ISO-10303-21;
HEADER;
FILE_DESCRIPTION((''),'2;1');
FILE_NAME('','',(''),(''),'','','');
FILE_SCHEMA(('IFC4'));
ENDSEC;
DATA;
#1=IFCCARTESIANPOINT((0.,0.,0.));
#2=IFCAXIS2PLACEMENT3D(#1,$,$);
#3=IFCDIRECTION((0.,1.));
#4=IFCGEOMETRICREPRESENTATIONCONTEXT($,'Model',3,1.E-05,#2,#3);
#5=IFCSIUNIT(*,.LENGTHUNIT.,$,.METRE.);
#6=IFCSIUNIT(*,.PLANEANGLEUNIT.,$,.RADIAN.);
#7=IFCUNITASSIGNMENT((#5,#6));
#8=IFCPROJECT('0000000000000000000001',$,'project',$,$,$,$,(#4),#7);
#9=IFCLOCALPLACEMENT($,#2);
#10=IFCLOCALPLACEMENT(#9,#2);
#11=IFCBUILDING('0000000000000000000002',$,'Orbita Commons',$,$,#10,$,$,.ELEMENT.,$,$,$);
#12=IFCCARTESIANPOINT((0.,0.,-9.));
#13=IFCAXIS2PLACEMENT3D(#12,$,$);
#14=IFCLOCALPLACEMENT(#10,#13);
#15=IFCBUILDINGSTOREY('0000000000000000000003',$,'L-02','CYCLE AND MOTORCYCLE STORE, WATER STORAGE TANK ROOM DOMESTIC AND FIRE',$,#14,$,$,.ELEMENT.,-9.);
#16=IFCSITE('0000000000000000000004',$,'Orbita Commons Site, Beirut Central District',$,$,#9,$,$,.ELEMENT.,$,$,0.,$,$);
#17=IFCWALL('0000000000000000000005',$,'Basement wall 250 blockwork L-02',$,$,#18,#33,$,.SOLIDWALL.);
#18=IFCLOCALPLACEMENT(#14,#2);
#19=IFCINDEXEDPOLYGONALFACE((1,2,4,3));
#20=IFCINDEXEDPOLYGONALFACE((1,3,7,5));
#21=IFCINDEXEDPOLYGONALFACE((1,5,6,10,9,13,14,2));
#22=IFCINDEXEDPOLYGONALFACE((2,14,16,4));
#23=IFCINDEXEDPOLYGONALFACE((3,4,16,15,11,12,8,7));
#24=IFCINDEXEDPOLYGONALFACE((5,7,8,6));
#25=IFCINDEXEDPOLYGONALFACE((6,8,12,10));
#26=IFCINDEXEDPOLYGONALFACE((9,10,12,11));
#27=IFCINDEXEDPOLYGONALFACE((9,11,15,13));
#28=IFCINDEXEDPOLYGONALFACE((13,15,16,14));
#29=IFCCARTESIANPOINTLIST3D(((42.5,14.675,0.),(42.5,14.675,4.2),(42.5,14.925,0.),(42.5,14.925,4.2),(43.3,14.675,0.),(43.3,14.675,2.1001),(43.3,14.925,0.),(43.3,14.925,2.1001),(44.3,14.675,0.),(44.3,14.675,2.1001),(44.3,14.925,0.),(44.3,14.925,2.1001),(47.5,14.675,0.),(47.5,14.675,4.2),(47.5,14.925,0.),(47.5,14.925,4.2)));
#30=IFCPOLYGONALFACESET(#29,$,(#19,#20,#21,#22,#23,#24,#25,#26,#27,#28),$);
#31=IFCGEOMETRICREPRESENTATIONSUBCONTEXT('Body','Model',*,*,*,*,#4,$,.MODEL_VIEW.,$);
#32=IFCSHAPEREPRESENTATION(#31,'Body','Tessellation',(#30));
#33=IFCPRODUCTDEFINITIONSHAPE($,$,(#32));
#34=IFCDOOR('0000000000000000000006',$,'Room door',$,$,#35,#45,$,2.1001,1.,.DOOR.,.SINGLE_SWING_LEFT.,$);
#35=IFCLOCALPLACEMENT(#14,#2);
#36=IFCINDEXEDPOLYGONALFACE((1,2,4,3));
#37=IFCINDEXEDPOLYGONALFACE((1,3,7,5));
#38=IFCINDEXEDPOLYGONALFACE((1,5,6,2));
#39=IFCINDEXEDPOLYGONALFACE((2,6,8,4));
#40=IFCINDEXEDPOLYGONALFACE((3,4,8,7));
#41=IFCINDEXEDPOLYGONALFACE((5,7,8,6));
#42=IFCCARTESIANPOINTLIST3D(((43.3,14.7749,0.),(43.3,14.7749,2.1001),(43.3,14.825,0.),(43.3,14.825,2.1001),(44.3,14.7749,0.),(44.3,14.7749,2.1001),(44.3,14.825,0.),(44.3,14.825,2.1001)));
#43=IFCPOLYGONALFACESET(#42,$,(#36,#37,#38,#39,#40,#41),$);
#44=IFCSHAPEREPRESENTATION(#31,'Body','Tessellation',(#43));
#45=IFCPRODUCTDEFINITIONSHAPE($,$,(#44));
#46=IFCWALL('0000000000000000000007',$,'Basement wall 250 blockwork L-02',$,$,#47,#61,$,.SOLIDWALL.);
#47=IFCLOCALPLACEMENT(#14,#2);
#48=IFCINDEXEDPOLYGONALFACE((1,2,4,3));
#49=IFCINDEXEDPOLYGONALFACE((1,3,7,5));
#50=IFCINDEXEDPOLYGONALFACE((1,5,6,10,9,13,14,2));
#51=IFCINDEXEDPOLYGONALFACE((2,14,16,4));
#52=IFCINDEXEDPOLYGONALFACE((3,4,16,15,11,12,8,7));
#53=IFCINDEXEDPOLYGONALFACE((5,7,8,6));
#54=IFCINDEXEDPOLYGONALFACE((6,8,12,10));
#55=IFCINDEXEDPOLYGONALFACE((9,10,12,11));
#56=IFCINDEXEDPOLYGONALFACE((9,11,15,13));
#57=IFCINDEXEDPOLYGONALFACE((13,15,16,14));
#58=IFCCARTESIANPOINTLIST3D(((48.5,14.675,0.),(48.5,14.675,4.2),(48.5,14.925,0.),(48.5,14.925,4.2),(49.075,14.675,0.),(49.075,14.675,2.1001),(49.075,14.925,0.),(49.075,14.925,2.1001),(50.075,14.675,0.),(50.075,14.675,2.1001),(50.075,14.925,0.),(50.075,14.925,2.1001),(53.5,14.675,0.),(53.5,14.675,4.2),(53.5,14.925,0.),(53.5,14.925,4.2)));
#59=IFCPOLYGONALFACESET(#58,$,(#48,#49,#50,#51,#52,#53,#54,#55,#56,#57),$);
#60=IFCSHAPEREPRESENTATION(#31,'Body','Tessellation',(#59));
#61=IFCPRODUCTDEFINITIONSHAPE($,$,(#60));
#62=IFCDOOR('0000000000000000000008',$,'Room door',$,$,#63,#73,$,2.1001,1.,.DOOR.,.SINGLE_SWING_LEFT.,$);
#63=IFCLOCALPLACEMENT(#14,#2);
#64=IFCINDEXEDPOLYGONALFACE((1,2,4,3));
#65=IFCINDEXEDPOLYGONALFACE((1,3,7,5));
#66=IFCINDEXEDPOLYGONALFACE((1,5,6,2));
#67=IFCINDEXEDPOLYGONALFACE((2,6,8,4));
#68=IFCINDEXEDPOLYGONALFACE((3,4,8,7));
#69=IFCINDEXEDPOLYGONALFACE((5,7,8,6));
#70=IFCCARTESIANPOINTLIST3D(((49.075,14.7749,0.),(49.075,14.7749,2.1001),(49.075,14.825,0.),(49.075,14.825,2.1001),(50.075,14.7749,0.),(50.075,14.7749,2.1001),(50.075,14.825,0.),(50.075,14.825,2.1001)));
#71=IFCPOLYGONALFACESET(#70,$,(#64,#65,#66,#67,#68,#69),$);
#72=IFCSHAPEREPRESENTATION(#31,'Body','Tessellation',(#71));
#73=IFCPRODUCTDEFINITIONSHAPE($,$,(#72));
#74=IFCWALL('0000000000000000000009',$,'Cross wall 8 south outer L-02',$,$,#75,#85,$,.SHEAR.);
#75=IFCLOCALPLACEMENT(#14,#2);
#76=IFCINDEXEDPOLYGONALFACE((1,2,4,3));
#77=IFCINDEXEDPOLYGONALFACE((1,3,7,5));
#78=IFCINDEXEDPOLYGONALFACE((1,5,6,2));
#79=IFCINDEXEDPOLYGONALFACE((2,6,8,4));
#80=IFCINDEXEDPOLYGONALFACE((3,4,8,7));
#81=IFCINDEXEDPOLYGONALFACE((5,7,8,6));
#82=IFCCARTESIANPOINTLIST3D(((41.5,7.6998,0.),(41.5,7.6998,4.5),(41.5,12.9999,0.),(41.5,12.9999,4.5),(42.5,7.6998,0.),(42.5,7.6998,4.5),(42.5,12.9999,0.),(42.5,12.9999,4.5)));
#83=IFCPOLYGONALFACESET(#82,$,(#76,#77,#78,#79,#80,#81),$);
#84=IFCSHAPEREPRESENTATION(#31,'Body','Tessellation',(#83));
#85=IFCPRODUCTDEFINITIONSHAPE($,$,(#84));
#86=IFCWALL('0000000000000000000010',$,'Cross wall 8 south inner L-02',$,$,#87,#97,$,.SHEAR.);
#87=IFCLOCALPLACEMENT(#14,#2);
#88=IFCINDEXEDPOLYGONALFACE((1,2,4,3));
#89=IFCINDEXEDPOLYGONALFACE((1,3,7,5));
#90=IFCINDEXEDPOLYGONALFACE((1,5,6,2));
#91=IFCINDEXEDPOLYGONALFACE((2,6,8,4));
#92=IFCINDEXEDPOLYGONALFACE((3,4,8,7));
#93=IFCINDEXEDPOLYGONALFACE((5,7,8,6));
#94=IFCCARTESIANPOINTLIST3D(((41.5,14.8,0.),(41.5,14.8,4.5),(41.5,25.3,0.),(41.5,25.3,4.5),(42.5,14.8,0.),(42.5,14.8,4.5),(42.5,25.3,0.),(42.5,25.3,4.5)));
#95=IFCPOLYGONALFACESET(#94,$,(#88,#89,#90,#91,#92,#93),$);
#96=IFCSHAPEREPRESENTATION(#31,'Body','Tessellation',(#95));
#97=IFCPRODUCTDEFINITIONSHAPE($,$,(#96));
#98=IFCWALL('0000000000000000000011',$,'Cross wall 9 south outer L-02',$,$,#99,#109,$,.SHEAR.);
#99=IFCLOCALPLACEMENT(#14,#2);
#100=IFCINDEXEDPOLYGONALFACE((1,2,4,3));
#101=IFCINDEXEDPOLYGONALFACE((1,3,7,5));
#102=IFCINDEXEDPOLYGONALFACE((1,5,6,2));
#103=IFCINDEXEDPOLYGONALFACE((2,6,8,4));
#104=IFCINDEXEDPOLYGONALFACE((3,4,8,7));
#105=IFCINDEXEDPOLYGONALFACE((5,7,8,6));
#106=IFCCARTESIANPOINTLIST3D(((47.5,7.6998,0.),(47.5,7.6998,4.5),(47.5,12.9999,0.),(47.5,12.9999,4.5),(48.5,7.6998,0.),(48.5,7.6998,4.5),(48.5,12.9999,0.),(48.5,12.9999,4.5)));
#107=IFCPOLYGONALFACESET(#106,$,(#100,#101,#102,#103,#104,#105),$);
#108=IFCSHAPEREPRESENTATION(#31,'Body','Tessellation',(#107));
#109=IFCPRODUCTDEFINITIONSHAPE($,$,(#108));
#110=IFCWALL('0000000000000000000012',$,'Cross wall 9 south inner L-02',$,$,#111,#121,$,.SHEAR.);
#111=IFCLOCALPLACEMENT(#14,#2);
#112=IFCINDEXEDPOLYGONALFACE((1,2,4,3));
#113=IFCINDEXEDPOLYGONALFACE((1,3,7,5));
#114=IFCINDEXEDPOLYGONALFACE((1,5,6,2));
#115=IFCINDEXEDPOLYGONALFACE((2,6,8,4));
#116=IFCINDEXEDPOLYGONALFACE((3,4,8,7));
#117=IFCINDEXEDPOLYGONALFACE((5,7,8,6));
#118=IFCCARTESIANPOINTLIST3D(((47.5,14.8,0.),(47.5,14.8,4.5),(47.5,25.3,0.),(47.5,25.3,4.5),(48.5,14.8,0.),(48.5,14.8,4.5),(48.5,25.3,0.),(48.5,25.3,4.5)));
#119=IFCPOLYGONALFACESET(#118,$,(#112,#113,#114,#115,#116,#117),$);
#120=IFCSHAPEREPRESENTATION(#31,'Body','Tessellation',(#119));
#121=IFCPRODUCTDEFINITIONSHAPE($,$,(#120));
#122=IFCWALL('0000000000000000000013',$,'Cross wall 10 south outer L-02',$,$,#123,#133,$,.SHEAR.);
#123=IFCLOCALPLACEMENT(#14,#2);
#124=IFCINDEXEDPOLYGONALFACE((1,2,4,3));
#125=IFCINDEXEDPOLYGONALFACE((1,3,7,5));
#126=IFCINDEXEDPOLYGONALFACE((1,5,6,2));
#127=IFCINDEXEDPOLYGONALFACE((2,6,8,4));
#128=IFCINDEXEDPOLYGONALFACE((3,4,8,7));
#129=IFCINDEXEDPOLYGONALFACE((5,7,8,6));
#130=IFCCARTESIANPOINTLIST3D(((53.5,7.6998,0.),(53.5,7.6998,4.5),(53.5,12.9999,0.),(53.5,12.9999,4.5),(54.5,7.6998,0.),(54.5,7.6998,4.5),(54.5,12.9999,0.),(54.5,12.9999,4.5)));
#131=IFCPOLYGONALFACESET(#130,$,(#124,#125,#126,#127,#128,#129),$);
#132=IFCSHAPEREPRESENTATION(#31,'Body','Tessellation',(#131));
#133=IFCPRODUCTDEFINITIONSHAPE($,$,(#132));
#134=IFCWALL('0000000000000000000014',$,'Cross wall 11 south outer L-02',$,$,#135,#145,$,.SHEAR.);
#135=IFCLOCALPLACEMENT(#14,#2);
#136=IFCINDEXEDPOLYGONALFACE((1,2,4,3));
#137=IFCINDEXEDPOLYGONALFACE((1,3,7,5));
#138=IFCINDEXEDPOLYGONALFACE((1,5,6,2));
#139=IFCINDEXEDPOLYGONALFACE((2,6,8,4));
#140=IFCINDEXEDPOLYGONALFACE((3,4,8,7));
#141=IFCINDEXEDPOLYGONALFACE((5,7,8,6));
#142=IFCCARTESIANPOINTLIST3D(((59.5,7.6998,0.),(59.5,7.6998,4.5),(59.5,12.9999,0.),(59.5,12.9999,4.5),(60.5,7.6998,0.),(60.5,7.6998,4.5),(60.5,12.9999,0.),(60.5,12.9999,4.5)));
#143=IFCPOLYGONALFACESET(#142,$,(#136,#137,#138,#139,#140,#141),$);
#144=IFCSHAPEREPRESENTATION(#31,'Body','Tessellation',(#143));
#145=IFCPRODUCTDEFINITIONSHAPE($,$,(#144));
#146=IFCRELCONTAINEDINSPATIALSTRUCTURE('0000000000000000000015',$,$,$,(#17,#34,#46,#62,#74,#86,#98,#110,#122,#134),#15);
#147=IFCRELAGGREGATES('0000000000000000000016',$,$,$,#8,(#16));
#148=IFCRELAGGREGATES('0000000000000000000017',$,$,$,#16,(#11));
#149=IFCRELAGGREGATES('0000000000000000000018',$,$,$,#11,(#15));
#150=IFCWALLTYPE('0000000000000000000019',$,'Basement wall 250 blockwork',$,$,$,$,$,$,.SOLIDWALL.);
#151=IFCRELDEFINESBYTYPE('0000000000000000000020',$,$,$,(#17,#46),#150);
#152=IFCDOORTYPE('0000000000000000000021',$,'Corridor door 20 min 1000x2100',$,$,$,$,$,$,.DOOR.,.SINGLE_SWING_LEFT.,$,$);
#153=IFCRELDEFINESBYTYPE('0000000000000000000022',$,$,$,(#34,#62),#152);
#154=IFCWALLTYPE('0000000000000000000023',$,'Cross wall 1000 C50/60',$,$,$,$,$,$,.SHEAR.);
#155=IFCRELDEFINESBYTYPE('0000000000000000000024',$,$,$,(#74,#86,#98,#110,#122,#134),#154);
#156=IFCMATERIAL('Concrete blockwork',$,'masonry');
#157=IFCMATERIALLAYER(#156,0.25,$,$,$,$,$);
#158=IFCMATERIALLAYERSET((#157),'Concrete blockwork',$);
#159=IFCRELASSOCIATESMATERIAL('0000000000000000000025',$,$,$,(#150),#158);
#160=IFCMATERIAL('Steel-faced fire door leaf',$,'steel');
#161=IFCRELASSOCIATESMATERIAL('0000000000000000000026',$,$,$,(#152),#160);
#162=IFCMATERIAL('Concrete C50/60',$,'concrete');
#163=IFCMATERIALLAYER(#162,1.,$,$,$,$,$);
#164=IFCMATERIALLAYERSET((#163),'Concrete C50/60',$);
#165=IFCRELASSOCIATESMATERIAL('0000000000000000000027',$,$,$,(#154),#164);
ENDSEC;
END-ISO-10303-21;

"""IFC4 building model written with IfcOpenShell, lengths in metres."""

from ifc_helpers import new_model, si_unit, direction, frame, frame_2d, origin, place, context, subcontext, project, spatial, rectangle, extrude, material, layer, layer_set, type_object, element, fill, save


model = new_model("IFC4")

# Units and contexts
model_context = context("Model", 3, precision=1e-05, world=origin(), true_north=direction((0.0, 1.0)))
body_context = subcontext(model_context, "Body", "Model", "MODEL_VIEW")
ifc_project = project(units=[si_unit("LENGTHUNIT", "METRE"), si_unit("PLANEANGLEUNIT", "RADIAN")], contexts=[model_context])

# Site, building, storey
site_placement = place(None, origin())
site = spatial("IfcSite", under=ifc_project, at=site_placement, Name="Orbita Commons Site, Beirut Central District", CompositionType="ELEMENT", RefElevation=0.0)
building_placement = place(site_placement, origin())
building = spatial("IfcBuilding", under=site, at=building_placement, Name="Orbita Commons", CompositionType="ELEMENT")
storey_placement = place(building_placement, frame((0.0, 0.0, -9.0)))
storey = spatial("IfcBuildingStorey", under=building, at=storey_placement, Name="L-02", Description="CYCLE AND MOTORCYCLE STORE, WATER STORAGE TANK ROOM DOMESTIC AND FIRE", CompositionType="ELEMENT", Elevation=-9.0)

# Shared definitions
ifc_material_1 = material(Name="Concrete blockwork", Category="masonry")
ifc_layer_1 = layer(ifc_material_1, 0.25)
ifc_layer_set_1 = layer_set([ifc_layer_1], Name="Concrete blockwork")
wall_type_1 = type_object("IfcWallType", Name="Basement wall 250 blockwork", PredefinedType="SOLIDWALL", material=ifc_layer_set_1)

# Walls, openings, doors
wall_1_placement = place(storey_placement, frame((42.5, 14.8, 0.0), z_axis=(0.0, 0.0, 1.0), x_axis=(1.0, 0.0, 0.0)))
wall_1 = element("IfcWall", 1, at=wall_1_placement, inside=storey, type_object=wall_type_1, Name="Basement wall 250 blockwork L-02", PredefinedType="SOLIDWALL", context=body_context, shape_type="SweptSolid", body=[
    extrude(rectangle(XDim=5.0, YDim=0.25, at=frame_2d((2.5, 0.0))), origin(), (0.0, 0.0, 1.0), 4.2),
])
opening_1_placement = place(wall_1_placement, frame((0.8, 0.0, 0.0)))
opening_1 = element("IfcOpeningElement", 2, at=opening_1_placement, cuts=wall_1, PredefinedType="OPENING", context=body_context, shape_type="SweptSolid", body=[
    extrude(rectangle(XDim=1.0, YDim=2.1001, at=frame_2d((0.5, 1.05))), frame((0.0, 0.135, 0.0), z_axis=(0.0, -1.0, 0.0), x_axis=(1.0, 0.0, 0.0)), (0.0, 0.0, 1.0), 0.27),
])
ifc_material_2 = material(Name="Steel-faced fire door leaf", Category="steel")
door_type_1 = type_object("IfcDoorType", Name="Corridor door 20 min 1000x2100", OperationType="SINGLE_SWING_LEFT", PredefinedType="DOOR", material=ifc_material_2)
door_1_placement = place(opening_1_placement, origin())
door_1 = element("IfcDoor", 3, at=door_1_placement, inside=storey, type_object=door_type_1, Name="Room door", OperationType="SINGLE_SWING_LEFT", OverallHeight=2.1001, OverallWidth=1.0, PredefinedType="DOOR", context=body_context, shape_type="SweptSolid", body=[
    extrude(rectangle(XDim=1.0, YDim=2.1001, at=frame_2d((0.5, 1.05))), frame((0.0, 0.0249, 0.0), z_axis=(0.0, -1.0, 0.0), x_axis=(1.0, 0.0, 0.0)), (0.0, 0.0, 1.0), 0.05),
])
fill(opening_1, door_1)
wall_2_placement = place(storey_placement, frame((48.5, 14.8, 0.0), z_axis=(0.0, 0.0, 1.0), x_axis=(1.0, 0.0, 0.0)))
wall_2 = element("IfcWall", 4, at=wall_2_placement, inside=storey, type_object=wall_type_1, Name="Basement wall 250 blockwork L-02", PredefinedType="SOLIDWALL", context=body_context, shape_type="SweptSolid", body=[
    extrude(rectangle(XDim=5.0, YDim=0.25, at=frame_2d((2.5, 0.0))), origin(), (0.0, 0.0, 1.0), 4.2),
])
opening_2_placement = place(wall_2_placement, frame((0.575, 0.0, 0.0)))
opening_2 = element("IfcOpeningElement", 5, at=opening_2_placement, cuts=wall_2, PredefinedType="OPENING", context=body_context, shape_type="SweptSolid", body=[
    extrude(rectangle(XDim=1.0, YDim=2.1001, at=frame_2d((0.5, 1.05))), frame((0.0, 0.135, 0.0), z_axis=(0.0, -1.0, 0.0), x_axis=(1.0, 0.0, 0.0)), (0.0, 0.0, 1.0), 0.27),
])
door_2_placement = place(opening_2_placement, origin())
door_2 = element("IfcDoor", 6, at=door_2_placement, inside=storey, type_object=door_type_1, Name="Room door", OperationType="SINGLE_SWING_LEFT", OverallHeight=2.1001, OverallWidth=1.0, PredefinedType="DOOR", context=body_context, shape_type="SweptSolid", body=[
    extrude(rectangle(XDim=1.0, YDim=2.1001, at=frame_2d((0.5, 1.05))), frame((0.0, 0.0249, 0.0), z_axis=(0.0, -1.0, 0.0), x_axis=(1.0, 0.0, 0.0)), (0.0, 0.0, 1.0), 0.05),
])
fill(opening_2, door_2)

# Walls
ifc_material_3 = material(Name="Concrete C50/60", Category="concrete")
ifc_layer_2 = layer(ifc_material_3, 1.0)
ifc_layer_set_2 = layer_set([ifc_layer_2], Name="Concrete C50/60")
wall_type_2 = type_object("IfcWallType", Name="Cross wall 1000 C50/60", PredefinedType="SHEAR", material=ifc_layer_set_2)
wall_3_placement = place(storey_placement, frame((42.0, 7.7, 0.0), z_axis=(0.0, 0.0, 1.0), x_axis=(0.0, 1.0, 0.0)))
element("IfcWall", 7, at=wall_3_placement, inside=storey, type_object=wall_type_2, Name="Cross wall 8 south outer L-02", PredefinedType="SHEAR", context=body_context, shape_type="SweptSolid", body=[
    extrude(rectangle(XDim=5.3, YDim=1.0, at=frame_2d((2.6499, 0.0))), origin(), (0.0, 0.0, 1.0), 4.5),
])
wall_4_placement = place(storey_placement, frame((42.0, 14.8, 0.0), z_axis=(0.0, 0.0, 1.0), x_axis=(0.0, 1.0, 0.0)))
element("IfcWall", 8, at=wall_4_placement, inside=storey, type_object=wall_type_2, Name="Cross wall 8 south inner L-02", PredefinedType="SHEAR", context=body_context, shape_type="SweptSolid", body=[
    extrude(rectangle(XDim=10.5, YDim=1.0, at=frame_2d((5.25, 0.0))), origin(), (0.0, 0.0, 1.0), 4.5),
])
wall_5_placement = place(storey_placement, frame((48.0, 7.7, 0.0), z_axis=(0.0, 0.0, 1.0), x_axis=(0.0, 1.0, 0.0)))
element("IfcWall", 9, at=wall_5_placement, inside=storey, type_object=wall_type_2, Name="Cross wall 9 south outer L-02", PredefinedType="SHEAR", context=body_context, shape_type="SweptSolid", body=[
    extrude(rectangle(XDim=5.3, YDim=1.0, at=frame_2d((2.6499, 0.0))), origin(), (0.0, 0.0, 1.0), 4.5),
])
wall_6_placement = place(storey_placement, frame((48.0, 14.8, 0.0), z_axis=(0.0, 0.0, 1.0), x_axis=(0.0, 1.0, 0.0)))
element("IfcWall", 10, at=wall_6_placement, inside=storey, type_object=wall_type_2, Name="Cross wall 9 south inner L-02", PredefinedType="SHEAR", context=body_context, shape_type="SweptSolid", body=[
    extrude(rectangle(XDim=10.5, YDim=1.0, at=frame_2d((5.25, 0.0))), origin(), (0.0, 0.0, 1.0), 4.5),
])
for number, where, z_axis, x_axis, name in (
    (11, (54.0, 7.7, 0.0), (0.0, 0.0, 1.0), (0.0, 1.0, 0.0), "Cross wall 10 south outer L-02"),
    (12, (60.0, 7.7, 0.0), (0.0, 0.0, 1.0), (0.0, 1.0, 0.0), "Cross wall 11 south outer L-02"),
):
    element("IfcWall", number, at=place(storey_placement, frame(where, z_axis=z_axis, x_axis=x_axis)), inside=storey, type_object=wall_type_2, Name=name, PredefinedType="SHEAR", context=body_context, shape_type="SweptSolid", body=[
        extrude(rectangle(XDim=5.3, YDim=1.0, at=frame_2d((2.6499, 0.0))), origin(), (0.0, 0.0, 1.0), 4.5),
    ])

save(model, "model.ifc")
